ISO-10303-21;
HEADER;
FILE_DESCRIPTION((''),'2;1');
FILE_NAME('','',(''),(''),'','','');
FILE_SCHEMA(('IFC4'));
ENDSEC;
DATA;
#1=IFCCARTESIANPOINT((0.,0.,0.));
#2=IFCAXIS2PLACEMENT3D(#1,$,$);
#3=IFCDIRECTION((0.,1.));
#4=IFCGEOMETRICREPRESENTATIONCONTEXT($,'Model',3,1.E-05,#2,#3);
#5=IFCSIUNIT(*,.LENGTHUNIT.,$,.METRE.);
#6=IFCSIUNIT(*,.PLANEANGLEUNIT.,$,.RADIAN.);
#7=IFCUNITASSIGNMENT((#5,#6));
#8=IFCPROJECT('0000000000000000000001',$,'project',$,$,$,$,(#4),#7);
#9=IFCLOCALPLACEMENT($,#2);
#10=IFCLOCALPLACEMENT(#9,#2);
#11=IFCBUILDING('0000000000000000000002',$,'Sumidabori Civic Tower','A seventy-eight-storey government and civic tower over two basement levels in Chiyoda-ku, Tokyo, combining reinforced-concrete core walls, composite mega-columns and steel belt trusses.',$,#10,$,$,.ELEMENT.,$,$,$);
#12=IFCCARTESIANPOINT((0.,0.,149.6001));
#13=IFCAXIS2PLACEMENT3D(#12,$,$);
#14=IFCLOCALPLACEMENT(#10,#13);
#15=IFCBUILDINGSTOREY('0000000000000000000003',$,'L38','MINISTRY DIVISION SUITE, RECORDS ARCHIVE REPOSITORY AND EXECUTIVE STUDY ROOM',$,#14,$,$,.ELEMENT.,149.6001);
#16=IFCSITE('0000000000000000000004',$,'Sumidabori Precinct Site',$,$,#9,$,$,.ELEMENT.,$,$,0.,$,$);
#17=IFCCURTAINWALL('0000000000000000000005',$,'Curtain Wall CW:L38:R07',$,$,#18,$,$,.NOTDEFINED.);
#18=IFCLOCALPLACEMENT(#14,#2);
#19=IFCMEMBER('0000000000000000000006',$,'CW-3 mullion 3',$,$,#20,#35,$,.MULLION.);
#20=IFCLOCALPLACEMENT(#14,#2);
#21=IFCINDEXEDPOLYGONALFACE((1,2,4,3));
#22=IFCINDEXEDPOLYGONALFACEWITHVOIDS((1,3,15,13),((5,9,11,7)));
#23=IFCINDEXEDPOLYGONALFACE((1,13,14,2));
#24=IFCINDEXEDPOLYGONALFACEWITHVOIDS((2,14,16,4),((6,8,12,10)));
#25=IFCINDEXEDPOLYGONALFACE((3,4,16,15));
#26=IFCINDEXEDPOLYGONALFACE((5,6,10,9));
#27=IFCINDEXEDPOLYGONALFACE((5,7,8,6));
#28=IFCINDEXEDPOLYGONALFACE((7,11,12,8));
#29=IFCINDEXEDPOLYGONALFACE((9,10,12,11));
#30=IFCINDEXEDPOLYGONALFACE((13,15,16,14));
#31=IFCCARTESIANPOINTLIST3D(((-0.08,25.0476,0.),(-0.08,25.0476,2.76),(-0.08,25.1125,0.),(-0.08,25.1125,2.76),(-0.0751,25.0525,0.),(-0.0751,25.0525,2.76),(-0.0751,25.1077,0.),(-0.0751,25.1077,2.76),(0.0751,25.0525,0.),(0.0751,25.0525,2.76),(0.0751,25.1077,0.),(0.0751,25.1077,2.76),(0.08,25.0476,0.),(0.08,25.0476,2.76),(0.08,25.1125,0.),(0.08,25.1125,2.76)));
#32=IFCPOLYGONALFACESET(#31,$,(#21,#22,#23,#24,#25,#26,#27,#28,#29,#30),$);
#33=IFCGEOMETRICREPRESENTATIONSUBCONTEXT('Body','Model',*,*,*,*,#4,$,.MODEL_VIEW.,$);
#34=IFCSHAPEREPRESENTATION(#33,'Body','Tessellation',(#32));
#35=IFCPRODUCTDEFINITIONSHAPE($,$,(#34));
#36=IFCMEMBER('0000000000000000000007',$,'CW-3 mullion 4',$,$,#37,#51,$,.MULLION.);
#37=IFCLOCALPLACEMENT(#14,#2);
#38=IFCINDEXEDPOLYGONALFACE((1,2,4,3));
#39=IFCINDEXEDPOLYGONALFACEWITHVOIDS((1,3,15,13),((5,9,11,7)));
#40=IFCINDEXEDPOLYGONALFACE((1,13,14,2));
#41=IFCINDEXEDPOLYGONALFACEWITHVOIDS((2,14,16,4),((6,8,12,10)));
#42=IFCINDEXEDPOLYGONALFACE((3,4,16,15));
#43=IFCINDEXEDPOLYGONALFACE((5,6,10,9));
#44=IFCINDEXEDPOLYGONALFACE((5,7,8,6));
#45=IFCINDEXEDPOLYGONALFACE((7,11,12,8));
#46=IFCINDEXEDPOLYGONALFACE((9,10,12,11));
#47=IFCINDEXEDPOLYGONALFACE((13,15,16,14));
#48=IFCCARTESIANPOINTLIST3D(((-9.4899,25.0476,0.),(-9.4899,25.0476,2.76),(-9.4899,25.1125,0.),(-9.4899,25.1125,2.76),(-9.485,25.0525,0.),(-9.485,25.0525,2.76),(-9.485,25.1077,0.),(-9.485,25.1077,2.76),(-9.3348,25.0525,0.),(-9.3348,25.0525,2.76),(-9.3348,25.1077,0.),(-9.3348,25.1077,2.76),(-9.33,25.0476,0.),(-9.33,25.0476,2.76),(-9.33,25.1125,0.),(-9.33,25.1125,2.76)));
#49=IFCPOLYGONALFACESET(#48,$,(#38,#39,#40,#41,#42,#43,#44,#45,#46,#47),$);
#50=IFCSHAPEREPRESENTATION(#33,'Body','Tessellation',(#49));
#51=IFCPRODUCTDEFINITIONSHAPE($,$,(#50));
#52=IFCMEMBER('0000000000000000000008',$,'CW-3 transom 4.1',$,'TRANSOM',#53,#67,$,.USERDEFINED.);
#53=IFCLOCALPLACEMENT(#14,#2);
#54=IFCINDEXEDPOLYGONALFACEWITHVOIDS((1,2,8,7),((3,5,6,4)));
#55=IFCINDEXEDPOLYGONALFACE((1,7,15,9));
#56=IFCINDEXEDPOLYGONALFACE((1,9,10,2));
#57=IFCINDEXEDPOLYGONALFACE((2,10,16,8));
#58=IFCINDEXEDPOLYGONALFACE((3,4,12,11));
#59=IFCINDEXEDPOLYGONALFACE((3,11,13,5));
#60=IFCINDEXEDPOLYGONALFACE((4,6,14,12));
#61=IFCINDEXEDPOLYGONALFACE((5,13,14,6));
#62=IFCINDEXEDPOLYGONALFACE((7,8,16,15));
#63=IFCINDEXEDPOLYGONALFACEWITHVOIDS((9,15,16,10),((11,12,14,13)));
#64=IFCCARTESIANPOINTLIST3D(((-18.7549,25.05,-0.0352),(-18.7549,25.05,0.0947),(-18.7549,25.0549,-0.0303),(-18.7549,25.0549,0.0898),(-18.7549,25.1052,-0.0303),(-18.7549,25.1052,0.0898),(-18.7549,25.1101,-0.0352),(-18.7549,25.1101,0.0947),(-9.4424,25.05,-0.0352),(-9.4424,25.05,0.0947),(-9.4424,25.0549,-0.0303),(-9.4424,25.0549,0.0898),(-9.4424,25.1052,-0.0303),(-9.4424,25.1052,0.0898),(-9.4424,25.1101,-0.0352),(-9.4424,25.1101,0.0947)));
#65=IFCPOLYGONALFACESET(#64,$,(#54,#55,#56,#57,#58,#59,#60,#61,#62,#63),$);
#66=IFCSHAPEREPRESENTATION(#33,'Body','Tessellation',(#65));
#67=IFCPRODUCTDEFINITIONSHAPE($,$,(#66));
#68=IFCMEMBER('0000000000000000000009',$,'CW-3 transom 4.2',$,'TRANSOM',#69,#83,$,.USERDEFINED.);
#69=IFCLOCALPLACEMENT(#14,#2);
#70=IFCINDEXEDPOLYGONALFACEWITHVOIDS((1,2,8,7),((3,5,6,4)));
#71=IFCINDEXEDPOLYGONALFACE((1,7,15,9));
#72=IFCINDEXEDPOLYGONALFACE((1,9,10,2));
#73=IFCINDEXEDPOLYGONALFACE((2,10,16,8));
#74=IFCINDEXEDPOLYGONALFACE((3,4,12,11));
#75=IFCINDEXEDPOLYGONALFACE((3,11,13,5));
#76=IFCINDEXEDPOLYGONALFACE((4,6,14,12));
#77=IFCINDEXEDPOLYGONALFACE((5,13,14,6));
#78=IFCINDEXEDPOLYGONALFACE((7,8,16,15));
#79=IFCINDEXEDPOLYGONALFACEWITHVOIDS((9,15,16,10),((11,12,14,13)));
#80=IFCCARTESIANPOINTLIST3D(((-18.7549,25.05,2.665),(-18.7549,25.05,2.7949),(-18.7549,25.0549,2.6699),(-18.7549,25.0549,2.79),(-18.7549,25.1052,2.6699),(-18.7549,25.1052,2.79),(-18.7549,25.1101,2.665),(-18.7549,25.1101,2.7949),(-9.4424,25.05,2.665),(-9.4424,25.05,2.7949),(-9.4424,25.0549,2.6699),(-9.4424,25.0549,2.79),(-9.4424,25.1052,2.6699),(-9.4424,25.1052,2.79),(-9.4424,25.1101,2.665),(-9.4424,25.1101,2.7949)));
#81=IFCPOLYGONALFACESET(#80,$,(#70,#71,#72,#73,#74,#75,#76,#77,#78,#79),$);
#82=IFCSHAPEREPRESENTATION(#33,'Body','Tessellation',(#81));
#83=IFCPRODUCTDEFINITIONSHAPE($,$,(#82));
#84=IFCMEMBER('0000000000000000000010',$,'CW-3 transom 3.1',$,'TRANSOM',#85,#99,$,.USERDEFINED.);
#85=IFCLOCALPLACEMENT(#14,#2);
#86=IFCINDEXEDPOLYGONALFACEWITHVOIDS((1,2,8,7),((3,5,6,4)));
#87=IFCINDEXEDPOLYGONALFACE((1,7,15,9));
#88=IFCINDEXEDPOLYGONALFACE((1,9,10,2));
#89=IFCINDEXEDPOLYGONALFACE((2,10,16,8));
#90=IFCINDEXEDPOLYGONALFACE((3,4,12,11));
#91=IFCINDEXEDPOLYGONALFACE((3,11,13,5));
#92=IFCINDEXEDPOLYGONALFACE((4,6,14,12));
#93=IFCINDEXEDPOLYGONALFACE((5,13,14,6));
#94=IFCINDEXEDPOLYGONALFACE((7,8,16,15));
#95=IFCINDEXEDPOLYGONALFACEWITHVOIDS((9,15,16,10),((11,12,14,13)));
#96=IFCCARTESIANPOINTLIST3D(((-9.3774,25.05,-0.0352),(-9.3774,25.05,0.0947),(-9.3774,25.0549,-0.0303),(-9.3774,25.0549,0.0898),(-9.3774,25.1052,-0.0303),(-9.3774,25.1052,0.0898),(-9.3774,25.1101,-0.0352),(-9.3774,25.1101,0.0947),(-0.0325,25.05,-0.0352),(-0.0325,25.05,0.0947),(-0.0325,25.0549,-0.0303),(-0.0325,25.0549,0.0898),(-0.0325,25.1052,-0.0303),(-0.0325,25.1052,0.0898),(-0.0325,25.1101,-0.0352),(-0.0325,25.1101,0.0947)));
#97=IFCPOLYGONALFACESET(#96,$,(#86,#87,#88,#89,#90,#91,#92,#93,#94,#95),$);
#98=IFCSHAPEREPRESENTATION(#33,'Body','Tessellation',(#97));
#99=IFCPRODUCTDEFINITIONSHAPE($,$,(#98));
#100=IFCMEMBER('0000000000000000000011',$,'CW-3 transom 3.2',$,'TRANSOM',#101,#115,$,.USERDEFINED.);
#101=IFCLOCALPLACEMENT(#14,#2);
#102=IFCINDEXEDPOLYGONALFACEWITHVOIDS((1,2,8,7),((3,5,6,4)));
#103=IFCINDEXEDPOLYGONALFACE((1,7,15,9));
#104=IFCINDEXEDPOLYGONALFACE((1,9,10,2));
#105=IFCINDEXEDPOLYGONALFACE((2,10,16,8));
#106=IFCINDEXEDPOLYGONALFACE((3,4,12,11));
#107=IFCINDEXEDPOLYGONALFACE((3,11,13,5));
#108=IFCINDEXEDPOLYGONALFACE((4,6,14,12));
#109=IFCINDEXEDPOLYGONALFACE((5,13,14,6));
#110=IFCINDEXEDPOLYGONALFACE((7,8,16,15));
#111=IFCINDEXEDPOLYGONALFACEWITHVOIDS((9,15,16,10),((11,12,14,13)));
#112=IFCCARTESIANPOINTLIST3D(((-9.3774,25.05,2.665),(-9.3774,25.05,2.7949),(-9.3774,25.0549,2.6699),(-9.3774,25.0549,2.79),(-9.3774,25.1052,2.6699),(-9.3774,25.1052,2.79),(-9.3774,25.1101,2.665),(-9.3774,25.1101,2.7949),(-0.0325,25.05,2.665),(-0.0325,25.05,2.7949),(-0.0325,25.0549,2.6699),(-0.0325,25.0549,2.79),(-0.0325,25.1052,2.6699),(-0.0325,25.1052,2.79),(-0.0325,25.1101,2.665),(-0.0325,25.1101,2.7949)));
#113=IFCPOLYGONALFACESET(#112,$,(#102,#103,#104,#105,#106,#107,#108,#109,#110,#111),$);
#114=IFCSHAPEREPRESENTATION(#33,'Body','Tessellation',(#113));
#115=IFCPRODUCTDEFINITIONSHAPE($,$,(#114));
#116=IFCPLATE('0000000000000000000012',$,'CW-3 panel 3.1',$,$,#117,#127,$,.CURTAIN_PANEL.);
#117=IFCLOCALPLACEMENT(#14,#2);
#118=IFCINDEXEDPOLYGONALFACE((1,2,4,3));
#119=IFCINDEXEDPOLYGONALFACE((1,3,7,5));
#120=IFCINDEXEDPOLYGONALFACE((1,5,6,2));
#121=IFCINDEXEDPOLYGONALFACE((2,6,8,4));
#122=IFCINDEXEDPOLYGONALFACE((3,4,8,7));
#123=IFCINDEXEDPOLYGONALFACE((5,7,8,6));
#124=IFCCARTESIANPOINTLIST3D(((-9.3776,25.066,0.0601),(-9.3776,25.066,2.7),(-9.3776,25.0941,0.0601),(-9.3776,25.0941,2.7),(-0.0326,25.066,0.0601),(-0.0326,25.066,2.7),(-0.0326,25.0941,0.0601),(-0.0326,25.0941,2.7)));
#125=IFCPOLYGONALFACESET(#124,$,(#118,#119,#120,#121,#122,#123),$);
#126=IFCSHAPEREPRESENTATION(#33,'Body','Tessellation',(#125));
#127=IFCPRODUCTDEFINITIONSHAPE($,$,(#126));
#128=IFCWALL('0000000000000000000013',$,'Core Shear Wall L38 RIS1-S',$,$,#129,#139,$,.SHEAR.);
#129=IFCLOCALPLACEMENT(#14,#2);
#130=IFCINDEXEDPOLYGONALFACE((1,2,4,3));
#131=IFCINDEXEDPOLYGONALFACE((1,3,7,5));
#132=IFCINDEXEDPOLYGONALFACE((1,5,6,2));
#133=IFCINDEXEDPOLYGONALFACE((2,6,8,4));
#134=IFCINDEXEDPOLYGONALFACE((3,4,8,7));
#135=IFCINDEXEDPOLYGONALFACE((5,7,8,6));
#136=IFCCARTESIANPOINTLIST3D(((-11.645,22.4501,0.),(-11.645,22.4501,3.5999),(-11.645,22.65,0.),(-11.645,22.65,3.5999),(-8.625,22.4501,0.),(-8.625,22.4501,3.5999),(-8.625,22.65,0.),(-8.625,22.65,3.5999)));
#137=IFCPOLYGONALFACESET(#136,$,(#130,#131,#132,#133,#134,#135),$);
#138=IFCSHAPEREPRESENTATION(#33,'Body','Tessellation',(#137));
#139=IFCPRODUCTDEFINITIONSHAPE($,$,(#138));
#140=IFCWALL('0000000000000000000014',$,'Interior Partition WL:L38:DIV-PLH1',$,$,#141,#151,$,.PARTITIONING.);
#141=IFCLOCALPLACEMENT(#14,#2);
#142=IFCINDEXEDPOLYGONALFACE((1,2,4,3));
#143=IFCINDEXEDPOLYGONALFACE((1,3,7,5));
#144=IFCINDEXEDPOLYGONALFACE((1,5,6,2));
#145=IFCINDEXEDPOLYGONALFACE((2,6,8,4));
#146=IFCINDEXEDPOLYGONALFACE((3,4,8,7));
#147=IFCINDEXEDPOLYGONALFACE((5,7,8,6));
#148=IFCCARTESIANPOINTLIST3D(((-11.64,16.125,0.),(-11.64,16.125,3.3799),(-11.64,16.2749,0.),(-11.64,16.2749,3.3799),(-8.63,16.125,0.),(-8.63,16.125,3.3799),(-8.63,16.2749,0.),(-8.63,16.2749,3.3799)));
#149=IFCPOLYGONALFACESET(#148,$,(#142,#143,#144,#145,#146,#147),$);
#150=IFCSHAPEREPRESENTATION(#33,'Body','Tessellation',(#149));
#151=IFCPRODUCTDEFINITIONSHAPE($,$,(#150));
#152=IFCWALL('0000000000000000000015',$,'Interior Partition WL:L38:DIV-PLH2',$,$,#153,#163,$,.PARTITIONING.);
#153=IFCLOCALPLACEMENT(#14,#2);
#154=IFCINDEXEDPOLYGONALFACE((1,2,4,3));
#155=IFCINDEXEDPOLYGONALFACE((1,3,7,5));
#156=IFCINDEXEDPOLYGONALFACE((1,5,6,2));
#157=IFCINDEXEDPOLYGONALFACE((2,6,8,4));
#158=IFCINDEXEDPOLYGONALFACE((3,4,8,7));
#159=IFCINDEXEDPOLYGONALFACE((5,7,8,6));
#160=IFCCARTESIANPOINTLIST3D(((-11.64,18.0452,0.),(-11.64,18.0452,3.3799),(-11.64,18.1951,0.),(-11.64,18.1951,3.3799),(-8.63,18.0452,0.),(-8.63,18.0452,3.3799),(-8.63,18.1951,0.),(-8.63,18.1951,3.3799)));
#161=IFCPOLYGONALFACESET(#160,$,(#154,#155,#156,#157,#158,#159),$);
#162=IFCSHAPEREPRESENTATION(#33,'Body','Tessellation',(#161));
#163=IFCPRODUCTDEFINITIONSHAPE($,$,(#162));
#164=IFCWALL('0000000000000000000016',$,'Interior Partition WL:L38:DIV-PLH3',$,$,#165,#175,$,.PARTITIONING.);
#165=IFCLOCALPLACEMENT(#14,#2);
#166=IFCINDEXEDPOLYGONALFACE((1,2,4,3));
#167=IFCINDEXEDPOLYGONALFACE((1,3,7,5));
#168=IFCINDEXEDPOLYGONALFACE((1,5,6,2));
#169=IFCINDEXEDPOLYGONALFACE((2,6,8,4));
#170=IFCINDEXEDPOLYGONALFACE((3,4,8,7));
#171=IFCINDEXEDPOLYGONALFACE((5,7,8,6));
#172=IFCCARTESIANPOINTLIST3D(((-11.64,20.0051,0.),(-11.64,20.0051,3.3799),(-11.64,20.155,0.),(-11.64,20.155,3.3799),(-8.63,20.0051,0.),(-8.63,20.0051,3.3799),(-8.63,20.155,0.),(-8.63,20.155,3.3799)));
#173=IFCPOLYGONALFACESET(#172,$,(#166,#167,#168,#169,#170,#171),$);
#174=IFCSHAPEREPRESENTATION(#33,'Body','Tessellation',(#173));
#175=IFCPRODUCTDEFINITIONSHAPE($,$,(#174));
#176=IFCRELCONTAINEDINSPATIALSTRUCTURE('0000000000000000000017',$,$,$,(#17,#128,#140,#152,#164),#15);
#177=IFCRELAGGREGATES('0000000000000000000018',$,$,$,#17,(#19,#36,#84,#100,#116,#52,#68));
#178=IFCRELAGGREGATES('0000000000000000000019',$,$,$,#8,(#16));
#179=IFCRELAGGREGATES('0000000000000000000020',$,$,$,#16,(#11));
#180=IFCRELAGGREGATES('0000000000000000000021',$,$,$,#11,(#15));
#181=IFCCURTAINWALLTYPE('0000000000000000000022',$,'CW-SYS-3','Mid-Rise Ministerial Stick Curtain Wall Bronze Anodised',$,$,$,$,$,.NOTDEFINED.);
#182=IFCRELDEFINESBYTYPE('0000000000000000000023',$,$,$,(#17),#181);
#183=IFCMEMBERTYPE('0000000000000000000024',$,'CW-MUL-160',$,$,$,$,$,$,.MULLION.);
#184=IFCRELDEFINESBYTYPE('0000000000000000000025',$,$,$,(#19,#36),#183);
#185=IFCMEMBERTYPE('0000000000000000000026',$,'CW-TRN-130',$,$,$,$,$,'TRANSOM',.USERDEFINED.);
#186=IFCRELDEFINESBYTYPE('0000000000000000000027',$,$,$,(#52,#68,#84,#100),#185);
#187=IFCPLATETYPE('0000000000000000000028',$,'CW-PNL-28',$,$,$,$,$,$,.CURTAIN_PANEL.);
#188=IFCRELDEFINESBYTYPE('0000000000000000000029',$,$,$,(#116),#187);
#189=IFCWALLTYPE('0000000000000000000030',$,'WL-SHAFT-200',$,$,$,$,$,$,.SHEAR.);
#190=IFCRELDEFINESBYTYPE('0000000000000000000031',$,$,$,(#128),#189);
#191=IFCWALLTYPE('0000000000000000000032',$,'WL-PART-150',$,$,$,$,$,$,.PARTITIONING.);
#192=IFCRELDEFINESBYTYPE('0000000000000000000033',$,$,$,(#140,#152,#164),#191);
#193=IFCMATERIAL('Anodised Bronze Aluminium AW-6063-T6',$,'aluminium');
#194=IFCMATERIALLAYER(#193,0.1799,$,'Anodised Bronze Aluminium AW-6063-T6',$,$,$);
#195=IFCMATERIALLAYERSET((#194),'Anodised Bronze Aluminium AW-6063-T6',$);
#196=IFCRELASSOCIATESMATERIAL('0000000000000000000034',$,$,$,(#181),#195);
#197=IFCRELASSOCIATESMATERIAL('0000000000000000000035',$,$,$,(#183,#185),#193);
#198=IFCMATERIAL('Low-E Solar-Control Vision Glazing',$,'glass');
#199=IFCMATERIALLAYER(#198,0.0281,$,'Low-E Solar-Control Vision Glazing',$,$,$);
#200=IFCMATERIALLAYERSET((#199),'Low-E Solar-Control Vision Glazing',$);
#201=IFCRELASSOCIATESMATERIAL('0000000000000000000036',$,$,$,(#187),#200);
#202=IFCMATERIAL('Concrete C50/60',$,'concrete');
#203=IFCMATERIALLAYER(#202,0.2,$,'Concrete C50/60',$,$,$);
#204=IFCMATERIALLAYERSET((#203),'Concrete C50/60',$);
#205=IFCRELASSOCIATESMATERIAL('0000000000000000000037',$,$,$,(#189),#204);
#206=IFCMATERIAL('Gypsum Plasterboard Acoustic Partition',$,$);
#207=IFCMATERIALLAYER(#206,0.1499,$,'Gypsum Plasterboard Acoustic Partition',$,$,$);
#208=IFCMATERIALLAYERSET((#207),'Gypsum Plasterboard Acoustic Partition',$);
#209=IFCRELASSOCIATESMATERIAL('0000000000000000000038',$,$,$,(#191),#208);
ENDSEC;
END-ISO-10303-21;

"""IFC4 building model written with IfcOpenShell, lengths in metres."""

from ifc_helpers import new_model, si_unit, direction, frame, frame_2d, origin, origin_2d, place, context, subcontext, project, spatial, rectangle, hollow_rectangle, extrude, source, transform, mapped, material, layer, layer_set, material_profile, profile_set, type_object, element, aggregate, save


model = new_model("IFC4")

# Units and contexts
model_context = context("Model", 3, precision=1e-05, world=origin(), true_north=direction((0.0, 1.0)))
body_context = subcontext(model_context, "Body", "Model", "MODEL_VIEW")
ifc_project = project(units=[si_unit("LENGTHUNIT", "METRE"), si_unit("PLANEANGLEUNIT", "RADIAN")], contexts=[model_context])

# Site, building, storey
site_placement = place(None, origin())
site = spatial("IfcSite", under=ifc_project, at=site_placement, Name="Sumidabori Precinct Site", CompositionType="ELEMENT", RefElevation=0.0)
building_placement = place(site_placement, origin())
building = spatial("IfcBuilding", under=site, at=building_placement, Name="Sumidabori Civic Tower", Description="A seventy-eight-storey government and civic tower over two basement levels in Chiyoda-ku, Tokyo, combining reinforced-concrete core walls, composite mega-columns and steel belt trusses.", CompositionType="ELEMENT")
storey_placement = place(building_placement, frame((0.0, 0.0, 149.6001)))
storey = spatial("IfcBuildingStorey", under=building, at=storey_placement, Name="L38", Description="MINISTRY DIVISION SUITE, RECORDS ARCHIVE REPOSITORY AND EXECUTIVE STUDY ROOM", CompositionType="ELEMENT", Elevation=149.6001)

# Curtain wall, members, plate
ifc_material_1 = material(Name="Anodised Bronze Aluminium AW-6063-T6", Category="aluminium")
ifc_layer_1 = layer(ifc_material_1, 0.1799, Name="Anodised Bronze Aluminium AW-6063-T6")
ifc_layer_set_1 = layer_set([ifc_layer_1], Name="Anodised Bronze Aluminium AW-6063-T6")
curtain_wall_type = type_object("IfcCurtainWallType", Name="CW-SYS-3", Description="Mid-Rise Ministerial Stick Curtain Wall Bronze Anodised", PredefinedType="NOTDEFINED", material=ifc_layer_set_1)
curtain_wall_placement = place(storey_placement, origin())
curtain_wall = element("IfcCurtainWall", 1, at=curtain_wall_placement, inside=storey, type_object=curtain_wall_type, Name="Curtain Wall CW:L38:R07", PredefinedType="NOTDEFINED")
ifc_material_profile_1 = material_profile(ifc_material_1, hollow_rectangle(XDim=0.0649, YDim=0.1599, WallThickness=0.0049, at=origin_2d()), Name="ALU MULLION 160x65")
ifc_profile_set_1 = profile_set([ifc_material_profile_1], Name="Anodised Bronze Aluminium AW-6063-T6")
member_type_1 = type_object("IfcMemberType", Name="CW-MUL-160", PredefinedType="MULLION", material=ifc_profile_set_1)
shared_shape_1 = source(origin(), body_context, "Body", "SweptSolid", [
    extrude(hollow_rectangle(XDim=0.0649, YDim=0.1599, WallThickness=0.0049, at=origin_2d()), origin(), (0.0, 0.0, 1.0), 2.76),
])
member_1_placement = place(storey_placement, frame((0.0, 25.0801, 0.0), z_axis=(0.0, 0.0, 1.0), x_axis=(0.0, -1.0, 0.0)))
member_1 = element("IfcMember", 2, at=member_1_placement, type_object=member_type_1, Name="CW-3 mullion 3", PredefinedType="MULLION", context=body_context, shape_type="MappedRepresentation", body=[
    mapped(shared_shape_1, transform((0.0, 0.0, 0.0), x_axis=(1.0, 0.0, 0.0), y_axis=(0.0, 1.0, 0.0), z_axis=(0.0, 0.0, 1.0), scale=1.0)),
])
member_2_placement = place(storey_placement, frame((-9.4099, 25.0801, 0.0), z_axis=(0.0, 0.0, 1.0), x_axis=(0.0, -1.0, 0.0)))
member_2 = element("IfcMember", 3, at=member_2_placement, type_object=member_type_1, Name="CW-3 mullion 4", PredefinedType="MULLION", context=body_context, shape_type="MappedRepresentation", body=[
    mapped(shared_shape_1, transform((0.0, 0.0, 0.0), x_axis=(1.0, 0.0, 0.0), y_axis=(0.0, 1.0, 0.0), z_axis=(0.0, 0.0, 1.0), scale=1.0)),
])
ifc_material_profile_2 = material_profile(ifc_material_1, hollow_rectangle(XDim=0.0601, YDim=0.1299, WallThickness=0.0049, at=origin_2d()), Name="ALU TRANSOM 130x60")
ifc_profile_set_2 = profile_set([ifc_material_profile_2], Name="Anodised Bronze Aluminium AW-6063-T6")
member_type_2 = type_object("IfcMemberType", Name="CW-TRN-130", ElementType="TRANSOM", PredefinedType="USERDEFINED", material=ifc_profile_set_2)
shared_shape_2 = source(origin(), body_context, "Body", "SweptSolid", [
    extrude(hollow_rectangle(XDim=0.0601, YDim=0.1299, WallThickness=0.0049, at=origin_2d()), origin(), (0.0, 0.0, 1.0), 9.3125),
])
member_3_placement = place(storey_placement, frame((-9.4424, 25.0801, 0.0298), z_axis=(-1.0, 0.0, 0.0), x_axis=(0.0, -1.0, 0.0)))
member_3 = element("IfcMember", 4, at=member_3_placement, type_object=member_type_2, Name="CW-3 transom 4.1", ObjectType="TRANSOM", PredefinedType="USERDEFINED", context=body_context, shape_type="MappedRepresentation", body=[
    mapped(shared_shape_2, transform((0.0, 0.0, 0.0), x_axis=(1.0, 0.0, 0.0), y_axis=(0.0, 1.0, 0.0), z_axis=(0.0, 0.0, 1.0), scale=1.0)),
])
member_4_placement = place(storey_placement, frame((-9.4424, 25.0801, 2.73), z_axis=(-1.0, 0.0, 0.0), x_axis=(0.0, -1.0, 0.0)))
member_4 = element("IfcMember", 5, at=member_4_placement, type_object=member_type_2, Name="CW-3 transom 4.2", ObjectType="TRANSOM", PredefinedType="USERDEFINED", context=body_context, shape_type="MappedRepresentation", body=[
    mapped(shared_shape_2, transform((0.0, 0.0, 0.0), x_axis=(1.0, 0.0, 0.0), y_axis=(0.0, 1.0, 0.0), z_axis=(0.0, 0.0, 1.0), scale=1.0)),
])
shared_shape_3 = source(origin(), body_context, "Body", "SweptSolid", [
    extrude(hollow_rectangle(XDim=0.0601, YDim=0.1299, WallThickness=0.0049, at=origin_2d()), origin(), (0.0, 0.0, 1.0), 9.345),
])
member_5_placement = place(storey_placement, frame((-0.0325, 25.0801, 0.0298), z_axis=(-1.0, 0.0, 0.0), x_axis=(0.0, -1.0, 0.0)))
member_5 = element("IfcMember", 6, at=member_5_placement, type_object=member_type_2, Name="CW-3 transom 3.1", ObjectType="TRANSOM", PredefinedType="USERDEFINED", context=body_context, shape_type="MappedRepresentation", body=[
    mapped(shared_shape_3, transform((0.0, 0.0, 0.0), x_axis=(1.0, 0.0, 0.0), y_axis=(0.0, 1.0, 0.0), z_axis=(0.0, 0.0, 1.0), scale=1.0)),
])
member_6_placement = place(storey_placement, frame((-0.0325, 25.0801, 2.73), z_axis=(-1.0, 0.0, 0.0), x_axis=(0.0, -1.0, 0.0)))
member_6 = element("IfcMember", 7, at=member_6_placement, type_object=member_type_2, Name="CW-3 transom 3.2", ObjectType="TRANSOM", PredefinedType="USERDEFINED", context=body_context, shape_type="MappedRepresentation", body=[
    mapped(shared_shape_3, transform((0.0, 0.0, 0.0), x_axis=(1.0, 0.0, 0.0), y_axis=(0.0, 1.0, 0.0), z_axis=(0.0, 0.0, 1.0), scale=1.0)),
])
ifc_material_2 = material(Name="Low-E Solar-Control Vision Glazing", Category="glass")
ifc_layer_2 = layer(ifc_material_2, 0.0281, Name="Low-E Solar-Control Vision Glazing")
ifc_layer_set_2 = layer_set([ifc_layer_2], Name="Low-E Solar-Control Vision Glazing")
plate_type = type_object("IfcPlateType", Name="CW-PNL-28", PredefinedType="CURTAIN_PANEL", material=ifc_layer_set_2)
shared_shape_4 = source(origin(), body_context, "Body", "SweptSolid", [
    extrude(rectangle(XDim=9.345, YDim=0.0281, at=origin_2d()), origin(), (0.0, 0.0, 1.0), 2.6399),
])
plate_placement = place(storey_placement, frame((-4.7051, 25.0801, 0.0601), z_axis=(0.0, 0.0, 1.0), x_axis=(-1.0, 0.0, 0.0)))
plate = element("IfcPlate", 8, at=plate_placement, type_object=plate_type, Name="CW-3 panel 3.1", PredefinedType="CURTAIN_PANEL", context=body_context, shape_type="MappedRepresentation", body=[
    mapped(shared_shape_4, transform((0.0, 0.0, 0.0), x_axis=(1.0, 0.0, 0.0), y_axis=(0.0, 1.0, 0.0), z_axis=(0.0, 0.0, 1.0), scale=1.0)),
])
aggregate(curtain_wall, [member_1, member_2, member_5, member_6, plate, member_3, member_4])

# Walls
ifc_material_3 = material(Name="Concrete C50/60", Category="concrete")
ifc_layer_3 = layer(ifc_material_3, 0.2, Name="Concrete C50/60")
ifc_layer_set_3 = layer_set([ifc_layer_3], Name="Concrete C50/60")
wall_type_1 = type_object("IfcWallType", Name="WL-SHAFT-200", PredefinedType="SHEAR", material=ifc_layer_set_3)
shared_shape_5 = source(origin(), body_context, "Body", "SweptSolid", [
    extrude(rectangle(XDim=3.02, YDim=0.2, at=frame_2d((1.51, 0.0))), origin(), (0.0, 0.0, 1.0), 3.5999),
])
wall_1_placement = place(storey_placement, frame((-11.645, 22.55, 0.0), z_axis=(0.0, 0.0, 1.0), x_axis=(1.0, 0.0, 0.0)))
element("IfcWall", 9, at=wall_1_placement, inside=storey, type_object=wall_type_1, Name="Core Shear Wall L38 RIS1-S", PredefinedType="SHEAR", context=body_context, shape_type="MappedRepresentation", body=[
    mapped(shared_shape_5, transform((0.0, 0.0, 0.0), x_axis=(1.0, 0.0, 0.0), y_axis=(0.0, 1.0, 0.0), z_axis=(0.0, 0.0, 1.0), scale=1.0)),
])
ifc_material_4 = material(Name="Gypsum Plasterboard Acoustic Partition")
ifc_layer_4 = layer(ifc_material_4, 0.1499, Name="Gypsum Plasterboard Acoustic Partition")
ifc_layer_set_4 = layer_set([ifc_layer_4], Name="Gypsum Plasterboard Acoustic Partition")
wall_type_2 = type_object("IfcWallType", Name="WL-PART-150", PredefinedType="PARTITIONING", material=ifc_layer_set_4)
shared_shape_6 = source(origin(), body_context, "Body", "SweptSolid", [
    extrude(rectangle(XDim=3.01, YDim=0.1499, at=frame_2d((1.5049, 0.0))), origin(), (0.0, 0.0, 1.0), 3.3799),
])
for number, where, z_axis, x_axis, name in (
    (10, (-11.6399, 16.2, 0.0), (0.0, 0.0, 1.0), (1.0, 0.0, 0.0), "Interior Partition WL:L38:DIV-PLH1"),
    (11, (-11.6399, 18.1201, 0.0), (0.0, 0.0, 1.0), (1.0, 0.0, 0.0), "Interior Partition WL:L38:DIV-PLH2"),
    (12, (-11.6399, 20.0801, 0.0), (0.0, 0.0, 1.0), (1.0, 0.0, 0.0), "Interior Partition WL:L38:DIV-PLH3"),
):
    element("IfcWall", number, at=place(storey_placement, frame(where, z_axis=z_axis, x_axis=x_axis)), inside=storey, type_object=wall_type_2, Name=name, PredefinedType="PARTITIONING", context=body_context, shape_type="MappedRepresentation", body=[
        mapped(shared_shape_6, transform((0.0, 0.0, 0.0), x_axis=(1.0, 0.0, 0.0), y_axis=(0.0, 1.0, 0.0), z_axis=(0.0, 0.0, 1.0), scale=1.0)),
    ])

save(model, "model.ifc")
